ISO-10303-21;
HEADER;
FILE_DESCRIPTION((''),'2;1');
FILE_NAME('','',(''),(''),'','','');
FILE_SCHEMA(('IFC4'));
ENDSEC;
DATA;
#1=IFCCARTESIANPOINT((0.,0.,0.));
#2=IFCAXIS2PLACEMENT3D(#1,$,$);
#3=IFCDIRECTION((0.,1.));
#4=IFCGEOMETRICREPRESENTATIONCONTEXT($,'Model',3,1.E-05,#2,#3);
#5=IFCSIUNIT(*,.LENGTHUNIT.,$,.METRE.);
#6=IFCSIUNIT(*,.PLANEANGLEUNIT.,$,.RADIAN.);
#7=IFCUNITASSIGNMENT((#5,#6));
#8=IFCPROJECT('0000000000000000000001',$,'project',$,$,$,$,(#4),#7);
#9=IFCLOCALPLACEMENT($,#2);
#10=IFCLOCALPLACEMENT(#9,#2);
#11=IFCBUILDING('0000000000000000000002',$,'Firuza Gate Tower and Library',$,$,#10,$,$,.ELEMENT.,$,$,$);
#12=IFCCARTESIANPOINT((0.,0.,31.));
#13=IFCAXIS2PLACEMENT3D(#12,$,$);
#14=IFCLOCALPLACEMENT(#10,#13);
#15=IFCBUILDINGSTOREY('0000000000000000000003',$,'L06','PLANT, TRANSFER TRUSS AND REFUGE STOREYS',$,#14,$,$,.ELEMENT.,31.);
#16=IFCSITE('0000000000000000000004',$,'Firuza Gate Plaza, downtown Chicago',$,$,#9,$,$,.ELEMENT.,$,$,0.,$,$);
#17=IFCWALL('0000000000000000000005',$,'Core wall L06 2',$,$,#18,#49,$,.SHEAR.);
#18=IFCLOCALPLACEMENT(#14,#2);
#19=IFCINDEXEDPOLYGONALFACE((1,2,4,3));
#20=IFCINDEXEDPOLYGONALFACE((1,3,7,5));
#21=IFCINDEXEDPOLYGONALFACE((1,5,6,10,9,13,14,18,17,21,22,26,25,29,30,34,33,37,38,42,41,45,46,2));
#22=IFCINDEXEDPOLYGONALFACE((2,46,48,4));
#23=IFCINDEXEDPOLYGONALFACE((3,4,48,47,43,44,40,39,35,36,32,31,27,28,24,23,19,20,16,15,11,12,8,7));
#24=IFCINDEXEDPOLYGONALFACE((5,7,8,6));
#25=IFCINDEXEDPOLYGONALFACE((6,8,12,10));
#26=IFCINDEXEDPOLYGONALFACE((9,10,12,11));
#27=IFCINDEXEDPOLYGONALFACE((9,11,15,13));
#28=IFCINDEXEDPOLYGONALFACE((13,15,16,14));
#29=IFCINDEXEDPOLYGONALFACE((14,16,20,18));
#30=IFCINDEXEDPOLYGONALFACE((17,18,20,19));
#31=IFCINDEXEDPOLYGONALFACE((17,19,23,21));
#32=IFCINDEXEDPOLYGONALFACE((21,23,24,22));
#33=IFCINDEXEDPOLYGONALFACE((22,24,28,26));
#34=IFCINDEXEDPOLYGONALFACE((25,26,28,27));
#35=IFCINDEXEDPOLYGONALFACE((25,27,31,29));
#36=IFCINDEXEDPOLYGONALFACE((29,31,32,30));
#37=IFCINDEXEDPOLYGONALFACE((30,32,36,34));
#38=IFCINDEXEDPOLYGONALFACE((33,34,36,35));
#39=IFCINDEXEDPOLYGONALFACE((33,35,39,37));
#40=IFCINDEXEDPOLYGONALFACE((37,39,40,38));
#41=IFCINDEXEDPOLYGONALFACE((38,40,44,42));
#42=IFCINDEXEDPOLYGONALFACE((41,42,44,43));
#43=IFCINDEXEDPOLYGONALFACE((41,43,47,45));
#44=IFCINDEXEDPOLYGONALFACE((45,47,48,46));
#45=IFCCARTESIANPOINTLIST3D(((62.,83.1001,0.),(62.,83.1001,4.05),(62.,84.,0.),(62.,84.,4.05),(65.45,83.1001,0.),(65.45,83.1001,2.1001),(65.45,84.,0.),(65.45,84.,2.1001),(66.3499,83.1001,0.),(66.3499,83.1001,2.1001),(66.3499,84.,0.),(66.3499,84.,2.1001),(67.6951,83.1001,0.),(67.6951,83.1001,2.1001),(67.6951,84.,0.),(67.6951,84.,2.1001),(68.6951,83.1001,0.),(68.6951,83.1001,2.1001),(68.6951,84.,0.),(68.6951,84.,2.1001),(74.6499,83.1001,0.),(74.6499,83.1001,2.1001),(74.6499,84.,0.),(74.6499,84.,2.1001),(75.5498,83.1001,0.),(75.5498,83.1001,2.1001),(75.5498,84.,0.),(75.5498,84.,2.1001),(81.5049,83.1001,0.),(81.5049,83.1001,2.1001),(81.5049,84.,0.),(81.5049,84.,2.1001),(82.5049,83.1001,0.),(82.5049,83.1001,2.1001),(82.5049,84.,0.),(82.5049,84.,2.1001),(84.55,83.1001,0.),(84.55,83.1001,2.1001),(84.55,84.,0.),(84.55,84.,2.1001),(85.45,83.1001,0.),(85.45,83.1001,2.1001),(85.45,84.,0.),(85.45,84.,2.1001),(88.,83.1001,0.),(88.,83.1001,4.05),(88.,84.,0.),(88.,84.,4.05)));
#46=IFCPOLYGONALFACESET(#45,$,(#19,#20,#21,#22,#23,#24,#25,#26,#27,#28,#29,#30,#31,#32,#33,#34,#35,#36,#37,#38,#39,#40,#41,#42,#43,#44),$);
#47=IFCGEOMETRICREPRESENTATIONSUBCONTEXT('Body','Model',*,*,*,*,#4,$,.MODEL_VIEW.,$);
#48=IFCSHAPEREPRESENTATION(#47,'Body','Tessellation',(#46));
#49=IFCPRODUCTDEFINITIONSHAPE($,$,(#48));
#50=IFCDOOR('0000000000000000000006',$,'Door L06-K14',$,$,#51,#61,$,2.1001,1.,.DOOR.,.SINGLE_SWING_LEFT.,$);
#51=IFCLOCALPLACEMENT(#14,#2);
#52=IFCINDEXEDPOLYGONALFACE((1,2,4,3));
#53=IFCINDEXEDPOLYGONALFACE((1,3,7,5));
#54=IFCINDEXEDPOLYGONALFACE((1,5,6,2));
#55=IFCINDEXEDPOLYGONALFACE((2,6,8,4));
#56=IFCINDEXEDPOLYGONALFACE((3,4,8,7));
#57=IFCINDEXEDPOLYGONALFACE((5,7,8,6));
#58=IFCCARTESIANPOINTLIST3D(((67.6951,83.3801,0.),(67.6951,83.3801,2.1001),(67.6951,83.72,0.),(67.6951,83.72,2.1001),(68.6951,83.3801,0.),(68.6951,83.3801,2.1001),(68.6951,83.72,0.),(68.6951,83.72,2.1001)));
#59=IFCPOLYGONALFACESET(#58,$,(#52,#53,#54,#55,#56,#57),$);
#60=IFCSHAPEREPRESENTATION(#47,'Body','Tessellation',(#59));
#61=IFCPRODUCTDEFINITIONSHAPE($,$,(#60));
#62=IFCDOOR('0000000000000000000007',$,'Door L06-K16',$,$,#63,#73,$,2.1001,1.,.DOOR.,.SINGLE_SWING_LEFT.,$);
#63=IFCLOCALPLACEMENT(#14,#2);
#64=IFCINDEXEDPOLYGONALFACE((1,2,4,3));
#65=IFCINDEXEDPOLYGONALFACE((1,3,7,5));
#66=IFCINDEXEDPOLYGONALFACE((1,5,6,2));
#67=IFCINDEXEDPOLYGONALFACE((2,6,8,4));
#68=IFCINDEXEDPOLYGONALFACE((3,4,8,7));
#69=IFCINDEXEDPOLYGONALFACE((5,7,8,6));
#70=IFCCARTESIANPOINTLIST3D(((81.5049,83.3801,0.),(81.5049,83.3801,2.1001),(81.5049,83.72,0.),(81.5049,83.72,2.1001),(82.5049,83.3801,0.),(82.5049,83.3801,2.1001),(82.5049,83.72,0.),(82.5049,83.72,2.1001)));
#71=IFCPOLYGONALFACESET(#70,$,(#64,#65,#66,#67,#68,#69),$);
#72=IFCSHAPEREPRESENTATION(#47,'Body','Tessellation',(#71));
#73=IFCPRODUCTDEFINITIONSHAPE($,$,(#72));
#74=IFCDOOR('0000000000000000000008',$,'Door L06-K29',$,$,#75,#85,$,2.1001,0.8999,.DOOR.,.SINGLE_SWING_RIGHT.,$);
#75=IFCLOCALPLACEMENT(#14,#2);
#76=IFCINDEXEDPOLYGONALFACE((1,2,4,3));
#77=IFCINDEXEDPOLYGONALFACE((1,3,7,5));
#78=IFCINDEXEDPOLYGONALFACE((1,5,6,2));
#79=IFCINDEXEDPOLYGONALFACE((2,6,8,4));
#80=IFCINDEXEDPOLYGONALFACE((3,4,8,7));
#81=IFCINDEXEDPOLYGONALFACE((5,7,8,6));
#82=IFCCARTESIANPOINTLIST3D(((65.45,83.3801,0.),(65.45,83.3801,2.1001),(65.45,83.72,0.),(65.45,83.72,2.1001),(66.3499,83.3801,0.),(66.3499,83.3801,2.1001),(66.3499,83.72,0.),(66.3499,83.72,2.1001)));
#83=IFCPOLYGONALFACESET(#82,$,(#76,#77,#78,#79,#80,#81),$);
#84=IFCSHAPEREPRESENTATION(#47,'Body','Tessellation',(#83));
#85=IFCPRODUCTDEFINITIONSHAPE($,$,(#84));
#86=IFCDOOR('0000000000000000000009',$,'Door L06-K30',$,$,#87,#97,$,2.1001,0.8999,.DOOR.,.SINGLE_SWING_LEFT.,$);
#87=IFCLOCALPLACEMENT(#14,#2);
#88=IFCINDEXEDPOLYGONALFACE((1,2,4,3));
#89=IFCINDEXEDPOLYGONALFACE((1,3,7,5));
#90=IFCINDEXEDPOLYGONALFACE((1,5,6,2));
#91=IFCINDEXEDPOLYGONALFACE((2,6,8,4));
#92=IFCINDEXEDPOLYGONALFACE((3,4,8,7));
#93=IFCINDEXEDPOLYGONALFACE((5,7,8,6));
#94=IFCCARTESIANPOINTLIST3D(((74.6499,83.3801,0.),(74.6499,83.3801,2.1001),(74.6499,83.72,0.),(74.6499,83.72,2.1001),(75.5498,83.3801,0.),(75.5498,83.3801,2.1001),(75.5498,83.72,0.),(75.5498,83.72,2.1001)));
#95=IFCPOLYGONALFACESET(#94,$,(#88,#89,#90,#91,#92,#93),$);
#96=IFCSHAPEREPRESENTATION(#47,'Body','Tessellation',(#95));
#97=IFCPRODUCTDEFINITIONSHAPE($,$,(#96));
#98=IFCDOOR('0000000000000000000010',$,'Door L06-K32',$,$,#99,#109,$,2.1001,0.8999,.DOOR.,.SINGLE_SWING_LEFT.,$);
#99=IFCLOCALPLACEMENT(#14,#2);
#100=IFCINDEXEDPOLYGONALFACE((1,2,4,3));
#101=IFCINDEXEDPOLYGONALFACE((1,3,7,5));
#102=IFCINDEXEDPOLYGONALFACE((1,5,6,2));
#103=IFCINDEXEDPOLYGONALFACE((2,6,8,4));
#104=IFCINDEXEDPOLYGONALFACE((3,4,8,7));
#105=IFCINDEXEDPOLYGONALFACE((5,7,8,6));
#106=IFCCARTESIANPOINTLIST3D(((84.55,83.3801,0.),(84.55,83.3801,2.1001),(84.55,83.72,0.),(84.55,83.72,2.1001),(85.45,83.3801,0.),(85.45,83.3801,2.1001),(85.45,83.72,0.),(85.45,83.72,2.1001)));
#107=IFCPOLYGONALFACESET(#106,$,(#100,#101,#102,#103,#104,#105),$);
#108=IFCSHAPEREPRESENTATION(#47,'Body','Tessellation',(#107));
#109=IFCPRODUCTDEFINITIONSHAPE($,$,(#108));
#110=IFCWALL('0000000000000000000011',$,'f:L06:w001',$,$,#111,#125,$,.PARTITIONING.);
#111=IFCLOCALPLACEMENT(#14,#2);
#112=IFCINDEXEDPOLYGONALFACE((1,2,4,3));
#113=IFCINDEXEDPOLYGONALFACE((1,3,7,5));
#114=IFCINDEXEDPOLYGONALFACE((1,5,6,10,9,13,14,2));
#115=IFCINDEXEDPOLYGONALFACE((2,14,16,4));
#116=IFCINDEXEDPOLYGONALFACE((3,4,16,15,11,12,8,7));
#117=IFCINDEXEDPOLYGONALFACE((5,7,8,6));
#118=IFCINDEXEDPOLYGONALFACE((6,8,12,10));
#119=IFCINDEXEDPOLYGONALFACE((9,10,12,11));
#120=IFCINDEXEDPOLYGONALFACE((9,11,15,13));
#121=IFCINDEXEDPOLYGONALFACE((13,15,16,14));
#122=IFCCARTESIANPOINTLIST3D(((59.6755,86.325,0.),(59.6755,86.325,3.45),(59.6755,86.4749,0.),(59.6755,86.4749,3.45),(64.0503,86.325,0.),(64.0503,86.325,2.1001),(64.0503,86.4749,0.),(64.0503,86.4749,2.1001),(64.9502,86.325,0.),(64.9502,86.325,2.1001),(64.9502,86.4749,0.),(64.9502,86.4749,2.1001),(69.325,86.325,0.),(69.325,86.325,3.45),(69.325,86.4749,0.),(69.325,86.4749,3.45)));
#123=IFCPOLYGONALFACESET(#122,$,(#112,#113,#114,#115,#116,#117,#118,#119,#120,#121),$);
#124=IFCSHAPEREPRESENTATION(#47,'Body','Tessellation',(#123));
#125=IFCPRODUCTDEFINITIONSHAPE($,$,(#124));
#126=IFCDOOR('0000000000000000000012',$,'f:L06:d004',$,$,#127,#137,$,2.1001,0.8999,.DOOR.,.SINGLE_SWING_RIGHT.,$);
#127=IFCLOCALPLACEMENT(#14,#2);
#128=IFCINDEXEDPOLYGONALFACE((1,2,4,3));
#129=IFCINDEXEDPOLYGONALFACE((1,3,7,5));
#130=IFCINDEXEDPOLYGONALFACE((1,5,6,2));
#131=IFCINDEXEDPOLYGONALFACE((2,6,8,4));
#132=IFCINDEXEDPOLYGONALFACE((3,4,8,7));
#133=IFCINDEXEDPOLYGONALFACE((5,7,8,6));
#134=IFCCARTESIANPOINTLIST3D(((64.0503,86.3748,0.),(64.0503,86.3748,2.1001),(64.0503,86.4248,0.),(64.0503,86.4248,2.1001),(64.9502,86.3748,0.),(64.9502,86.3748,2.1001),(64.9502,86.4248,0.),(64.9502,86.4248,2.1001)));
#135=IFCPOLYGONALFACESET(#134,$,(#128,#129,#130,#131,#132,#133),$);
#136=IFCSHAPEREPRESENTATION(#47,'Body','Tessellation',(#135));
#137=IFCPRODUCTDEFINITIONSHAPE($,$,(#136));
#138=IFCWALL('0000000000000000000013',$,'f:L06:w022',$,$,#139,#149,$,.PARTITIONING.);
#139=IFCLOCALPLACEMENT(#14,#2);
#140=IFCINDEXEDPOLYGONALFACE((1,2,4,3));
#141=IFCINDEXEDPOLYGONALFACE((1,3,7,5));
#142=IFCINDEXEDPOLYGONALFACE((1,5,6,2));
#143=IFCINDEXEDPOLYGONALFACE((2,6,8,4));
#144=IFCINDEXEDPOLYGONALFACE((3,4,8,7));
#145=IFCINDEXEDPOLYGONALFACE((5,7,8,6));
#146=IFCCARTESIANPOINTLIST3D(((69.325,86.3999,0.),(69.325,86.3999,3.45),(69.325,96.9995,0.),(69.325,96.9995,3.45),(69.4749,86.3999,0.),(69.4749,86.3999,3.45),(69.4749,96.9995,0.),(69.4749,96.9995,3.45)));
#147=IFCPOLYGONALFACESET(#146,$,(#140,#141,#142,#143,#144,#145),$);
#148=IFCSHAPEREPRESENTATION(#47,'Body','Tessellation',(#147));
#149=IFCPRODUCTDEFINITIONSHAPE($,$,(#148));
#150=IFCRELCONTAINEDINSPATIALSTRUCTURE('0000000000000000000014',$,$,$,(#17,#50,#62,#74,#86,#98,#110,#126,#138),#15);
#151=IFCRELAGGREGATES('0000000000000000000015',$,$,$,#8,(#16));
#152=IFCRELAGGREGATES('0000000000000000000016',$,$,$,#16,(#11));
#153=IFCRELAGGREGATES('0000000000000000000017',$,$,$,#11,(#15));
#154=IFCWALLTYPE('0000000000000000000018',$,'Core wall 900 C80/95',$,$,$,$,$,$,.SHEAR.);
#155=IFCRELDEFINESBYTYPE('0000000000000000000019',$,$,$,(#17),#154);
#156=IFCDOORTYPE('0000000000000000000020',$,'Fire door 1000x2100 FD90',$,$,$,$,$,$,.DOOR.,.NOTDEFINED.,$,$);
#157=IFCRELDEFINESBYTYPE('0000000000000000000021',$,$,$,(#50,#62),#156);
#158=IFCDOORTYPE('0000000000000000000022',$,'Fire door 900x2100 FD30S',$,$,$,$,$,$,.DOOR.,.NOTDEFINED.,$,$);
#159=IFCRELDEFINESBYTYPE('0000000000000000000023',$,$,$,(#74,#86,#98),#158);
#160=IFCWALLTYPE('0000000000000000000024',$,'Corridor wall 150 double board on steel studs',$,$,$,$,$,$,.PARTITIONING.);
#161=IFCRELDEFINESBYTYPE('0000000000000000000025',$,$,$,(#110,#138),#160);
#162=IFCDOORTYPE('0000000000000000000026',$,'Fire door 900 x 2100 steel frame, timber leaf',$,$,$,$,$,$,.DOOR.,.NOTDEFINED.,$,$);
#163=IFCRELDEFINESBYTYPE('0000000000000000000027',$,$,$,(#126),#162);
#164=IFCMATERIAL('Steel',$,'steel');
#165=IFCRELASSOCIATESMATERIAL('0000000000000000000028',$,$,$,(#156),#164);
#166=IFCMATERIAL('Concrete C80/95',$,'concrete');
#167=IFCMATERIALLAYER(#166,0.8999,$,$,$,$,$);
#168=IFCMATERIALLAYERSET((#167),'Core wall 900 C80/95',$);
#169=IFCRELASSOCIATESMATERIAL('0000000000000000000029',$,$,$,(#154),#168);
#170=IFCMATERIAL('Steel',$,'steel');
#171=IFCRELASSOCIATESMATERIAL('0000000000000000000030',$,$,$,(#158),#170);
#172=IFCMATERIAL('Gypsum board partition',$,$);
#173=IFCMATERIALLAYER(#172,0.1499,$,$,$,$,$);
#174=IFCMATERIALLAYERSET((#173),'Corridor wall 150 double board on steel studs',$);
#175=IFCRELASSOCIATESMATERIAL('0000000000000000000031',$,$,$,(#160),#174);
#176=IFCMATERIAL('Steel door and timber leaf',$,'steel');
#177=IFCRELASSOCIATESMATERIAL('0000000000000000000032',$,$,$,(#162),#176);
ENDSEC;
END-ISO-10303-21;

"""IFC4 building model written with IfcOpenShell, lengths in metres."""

from ifc_helpers import new_model, si_unit, direction, frame, frame_2d, origin, place, context, subcontext, project, spatial, rectangle, extrude, material, layer, layer_set, type_object, element, fill, save


model = new_model("IFC4")

# Units and contexts
model_context = context("Model", 3, precision=1e-05, world=origin(), true_north=direction((0.0, 1.0)))
body_context = subcontext(model_context, "Body", "Model", "MODEL_VIEW")
ifc_project = project(units=[si_unit("LENGTHUNIT", "METRE"), si_unit("PLANEANGLEUNIT", "RADIAN")], contexts=[model_context])

# Site, building, storey
site_placement = place(None, origin())
site = spatial("IfcSite", under=ifc_project, at=site_placement, Name="Firuza Gate Plaza, downtown Chicago", CompositionType="ELEMENT", RefElevation=0.0)
building_placement = place(site_placement, origin())
building = spatial("IfcBuilding", under=site, at=building_placement, Name="Firuza Gate Tower and Library", CompositionType="ELEMENT")
storey_placement = place(building_placement, frame((0.0, 0.0, 31.0)))
storey = spatial("IfcBuildingStorey", under=building, at=storey_placement, Name="L06", Description="PLANT, TRANSFER TRUSS AND REFUGE STOREYS", CompositionType="ELEMENT", Elevation=31.0)

# Shared definitions
ifc_material_1 = material(Name="Steel", Category="steel")
door_type_1 = type_object("IfcDoorType", Name="Fire door 1000x2100 FD90", OperationType="NOTDEFINED", PredefinedType="DOOR", material=ifc_material_1)

# Wall, openings, doors
ifc_material_2 = material(Name="Concrete C80/95", Category="concrete")
ifc_layer_1 = layer(ifc_material_2, 0.8999)
ifc_layer_set_1 = layer_set([ifc_layer_1], Name="Core wall 900 C80/95")
wall_type_1 = type_object("IfcWallType", Name="Core wall 900 C80/95", PredefinedType="SHEAR", material=ifc_layer_set_1)
wall_1_placement = place(storey_placement, frame((62.0, 83.55, 0.0), z_axis=(0.0, 0.0, 1.0), x_axis=(1.0, 0.0, 0.0)))
wall_1 = element("IfcWall", 1, at=wall_1_placement, inside=storey, type_object=wall_type_1, Name="Core wall L06 2", PredefinedType="SHEAR", context=body_context, shape_type="SweptSolid", body=[
    extrude(rectangle(XDim=26.0, YDim=0.8999, at=frame_2d((13.0, 0.0))), origin(), (0.0, 0.0, 1.0), 4.05),
])
opening_1_placement = place(wall_1_placement, frame((5.6951, 0.0, 0.0)))
opening_1 = element("IfcOpeningElement", 2, at=opening_1_placement, cuts=wall_1, PredefinedType="OPENING", context=body_context, shape_type="SweptSolid", body=[
    extrude(rectangle(XDim=1.0, YDim=2.1001, at=frame_2d((0.5, 1.05))), frame((0.0, 0.46, 0.0), z_axis=(0.0, -1.0, 0.0), x_axis=(1.0, 0.0, 0.0)), (0.0, 0.0, 1.0), 0.9199),
])
opening_2_placement = place(wall_1_placement, frame((19.5049, 0.0, 0.0)))
opening_2 = element("IfcOpeningElement", 3, at=opening_2_placement, cuts=wall_1, PredefinedType="OPENING", context=body_context, shape_type="SweptSolid", body=[
    extrude(rectangle(XDim=1.0, YDim=2.1001, at=frame_2d((0.5, 1.05))), frame((0.0, 0.46, 0.0), z_axis=(0.0, -1.0, 0.0), x_axis=(1.0, 0.0, 0.0)), (0.0, 0.0, 1.0), 0.9199),
])
opening_3_placement = place(wall_1_placement, frame((3.45, 0.0, 0.0)))
opening_3 = element("IfcOpeningElement", 4, at=opening_3_placement, cuts=wall_1, PredefinedType="OPENING", context=body_context, shape_type="SweptSolid", body=[
    extrude(rectangle(XDim=0.8999, YDim=2.1001, at=frame_2d((0.45, 1.05))), frame((0.0, 0.46, 0.0), z_axis=(0.0, -1.0, 0.0), x_axis=(1.0, 0.0, 0.0)), (0.0, 0.0, 1.0), 0.9199),
])
opening_4_placement = place(wall_1_placement, frame((12.6499, 0.0, 0.0)))
opening_4 = element("IfcOpeningElement", 5, at=opening_4_placement, cuts=wall_1, PredefinedType="OPENING", context=body_context, shape_type="SweptSolid", body=[
    extrude(rectangle(XDim=0.8999, YDim=2.1001, at=frame_2d((0.45, 1.05))), frame((0.0, 0.46, 0.0), z_axis=(0.0, -1.0, 0.0), x_axis=(1.0, 0.0, 0.0)), (0.0, 0.0, 1.0), 0.9199),
])
opening_5_placement = place(wall_1_placement, frame((22.55, 0.0, 0.0)))
opening_5 = element("IfcOpeningElement", 6, at=opening_5_placement, cuts=wall_1, PredefinedType="OPENING", context=body_context, shape_type="SweptSolid", body=[
    extrude(rectangle(XDim=0.8999, YDim=2.1001, at=frame_2d((0.45, 1.05))), frame((0.0, 0.46, 0.0), z_axis=(0.0, -1.0, 0.0), x_axis=(1.0, 0.0, 0.0)), (0.0, 0.0, 1.0), 0.9199),
])
door_1_placement = place(opening_1_placement, origin())
door_1 = element("IfcDoor", 7, at=door_1_placement, inside=storey, type_object=door_type_1, Name="Door L06-K14", OperationType="SINGLE_SWING_LEFT", OverallHeight=2.1001, OverallWidth=1.0, PredefinedType="DOOR", context=body_context, shape_type="SweptSolid", body=[
    extrude(rectangle(XDim=1.0, YDim=2.1001, at=frame_2d((0.5, 1.05))), frame((0.0, 0.1699, 0.0), z_axis=(0.0, -1.0, 0.0), x_axis=(1.0, 0.0, 0.0)), (0.0, 0.0, 1.0), 0.3398),
])
fill(opening_1, door_1)
door_2_placement = place(opening_2_placement, origin())
door_2 = element("IfcDoor", 8, at=door_2_placement, inside=storey, type_object=door_type_1, Name="Door L06-K16", OperationType="SINGLE_SWING_LEFT", OverallHeight=2.1001, OverallWidth=1.0, PredefinedType="DOOR", context=body_context, shape_type="SweptSolid", body=[
    extrude(rectangle(XDim=1.0, YDim=2.1001, at=frame_2d((0.5, 1.05))), frame((0.0, 0.1699, 0.0), z_axis=(0.0, -1.0, 0.0), x_axis=(1.0, 0.0, 0.0)), (0.0, 0.0, 1.0), 0.3398),
])
fill(opening_2, door_2)
ifc_material_3 = material(Name="Steel", Category="steel")
door_type_2 = type_object("IfcDoorType", Name="Fire door 900x2100 FD30S", OperationType="NOTDEFINED", PredefinedType="DOOR", material=ifc_material_3)
door_3_placement = place(opening_3_placement, origin())
door_3 = element("IfcDoor", 9, at=door_3_placement, inside=storey, type_object=door_type_2, Name="Door L06-K29", OperationType="SINGLE_SWING_RIGHT", OverallHeight=2.1001, OverallWidth=0.8999, PredefinedType="DOOR", context=body_context, shape_type="SweptSolid", body=[
    extrude(rectangle(XDim=0.8999, YDim=2.1001, at=frame_2d((0.45, 1.05))), frame((0.0, 0.1699, 0.0), z_axis=(0.0, -1.0, 0.0), x_axis=(1.0, 0.0, 0.0)), (0.0, 0.0, 1.0), 0.3398),
])
fill(opening_3, door_3)
door_4_placement = place(opening_4_placement, origin())
door_4 = element("IfcDoor", 10, at=door_4_placement, inside=storey, type_object=door_type_2, Name="Door L06-K30", OperationType="SINGLE_SWING_LEFT", OverallHeight=2.1001, OverallWidth=0.8999, PredefinedType="DOOR", context=body_context, shape_type="SweptSolid", body=[
    extrude(rectangle(XDim=0.8999, YDim=2.1001, at=frame_2d((0.45, 1.05))), frame((0.0, 0.1699, 0.0), z_axis=(0.0, -1.0, 0.0), x_axis=(1.0, 0.0, 0.0)), (0.0, 0.0, 1.0), 0.3398),
])
fill(opening_4, door_4)
door_5_placement = place(opening_5_placement, origin())
door_5 = element("IfcDoor", 11, at=door_5_placement, inside=storey, type_object=door_type_2, Name="Door L06-K32", OperationType="SINGLE_SWING_LEFT", OverallHeight=2.1001, OverallWidth=0.8999, PredefinedType="DOOR", context=body_context, shape_type="SweptSolid", body=[
    extrude(rectangle(XDim=0.8999, YDim=2.1001, at=frame_2d((0.45, 1.05))), frame((0.0, 0.1699, 0.0), z_axis=(0.0, -1.0, 0.0), x_axis=(1.0, 0.0, 0.0)), (0.0, 0.0, 1.0), 0.3398),
])
fill(opening_5, door_5)

# Wall, opening, door
ifc_material_4 = material(Name="Gypsum board partition")
ifc_layer_2 = layer(ifc_material_4, 0.1499)
ifc_layer_set_2 = layer_set([ifc_layer_2], Name="Corridor wall 150 double board on steel studs")
wall_type_2 = type_object("IfcWallType", Name="Corridor wall 150 double board on steel studs", PredefinedType="PARTITIONING", material=ifc_layer_set_2)
wall_2_placement = place(storey_placement, frame((59.6755, 86.3999, 0.0), z_axis=(0.0, 0.0, 1.0), x_axis=(1.0, 0.0, 0.0)))
wall_2 = element("IfcWall", 12, at=wall_2_placement, inside=storey, type_object=wall_type_2, Name="f:L06:w001", PredefinedType="PARTITIONING", context=body_context, shape_type="SweptSolid", body=[
    extrude(rectangle(XDim=9.6494, YDim=0.1499, at=frame_2d((4.8247, 0.0))), origin(), (0.0, 0.0, 1.0), 3.45),
])
opening_6_placement = place(wall_2_placement, frame((4.3748, 0.0, 0.0)))
opening_6 = element("IfcOpeningElement", 13, at=opening_6_placement, cuts=wall_2, PredefinedType="OPENING", context=body_context, shape_type="SweptSolid", body=[
    extrude(rectangle(XDim=0.8999, YDim=2.1001, at=frame_2d((0.45, 1.05))), frame((0.0, 0.085, 0.0), z_axis=(0.0, -1.0, 0.0), x_axis=(1.0, 0.0, 0.0)), (0.0, 0.0, 1.0), 0.1699),
])
ifc_material_5 = material(Name="Steel door and timber leaf", Category="steel")
door_type_3 = type_object("IfcDoorType", Name="Fire door 900 x 2100 steel frame, timber leaf", OperationType="NOTDEFINED", PredefinedType="DOOR", material=ifc_material_5)
door_6_placement = place(opening_6_placement, origin())
door_6 = element("IfcDoor", 14, at=door_6_placement, inside=storey, type_object=door_type_3, Name="f:L06:d004", OperationType="SINGLE_SWING_RIGHT", OverallHeight=2.1001, OverallWidth=0.8999, PredefinedType="DOOR", context=body_context, shape_type="SweptSolid", body=[
    extrude(rectangle(XDim=0.8999, YDim=2.1001, at=frame_2d((0.45, 1.05))), frame((0.0, 0.0249, 0.0), z_axis=(0.0, -1.0, 0.0), x_axis=(1.0, 0.0, 0.0)), (0.0, 0.0, 1.0), 0.05),
])
fill(opening_6, door_6)

# Wall
wall_3_placement = place(storey_placement, frame((69.3999, 86.3999, 0.0), z_axis=(0.0, 0.0, 1.0), x_axis=(0.0, 1.0, 0.0)))
element("IfcWall", 15, at=wall_3_placement, inside=storey, type_object=wall_type_2, Name="f:L06:w022", PredefinedType="PARTITIONING", context=body_context, shape_type="SweptSolid", body=[
    extrude(rectangle(XDim=10.5996, YDim=0.1499, at=frame_2d((5.2998, 0.0))), origin(), (0.0, 0.0, 1.0), 3.45),
])

save(model, "model.ifc")
